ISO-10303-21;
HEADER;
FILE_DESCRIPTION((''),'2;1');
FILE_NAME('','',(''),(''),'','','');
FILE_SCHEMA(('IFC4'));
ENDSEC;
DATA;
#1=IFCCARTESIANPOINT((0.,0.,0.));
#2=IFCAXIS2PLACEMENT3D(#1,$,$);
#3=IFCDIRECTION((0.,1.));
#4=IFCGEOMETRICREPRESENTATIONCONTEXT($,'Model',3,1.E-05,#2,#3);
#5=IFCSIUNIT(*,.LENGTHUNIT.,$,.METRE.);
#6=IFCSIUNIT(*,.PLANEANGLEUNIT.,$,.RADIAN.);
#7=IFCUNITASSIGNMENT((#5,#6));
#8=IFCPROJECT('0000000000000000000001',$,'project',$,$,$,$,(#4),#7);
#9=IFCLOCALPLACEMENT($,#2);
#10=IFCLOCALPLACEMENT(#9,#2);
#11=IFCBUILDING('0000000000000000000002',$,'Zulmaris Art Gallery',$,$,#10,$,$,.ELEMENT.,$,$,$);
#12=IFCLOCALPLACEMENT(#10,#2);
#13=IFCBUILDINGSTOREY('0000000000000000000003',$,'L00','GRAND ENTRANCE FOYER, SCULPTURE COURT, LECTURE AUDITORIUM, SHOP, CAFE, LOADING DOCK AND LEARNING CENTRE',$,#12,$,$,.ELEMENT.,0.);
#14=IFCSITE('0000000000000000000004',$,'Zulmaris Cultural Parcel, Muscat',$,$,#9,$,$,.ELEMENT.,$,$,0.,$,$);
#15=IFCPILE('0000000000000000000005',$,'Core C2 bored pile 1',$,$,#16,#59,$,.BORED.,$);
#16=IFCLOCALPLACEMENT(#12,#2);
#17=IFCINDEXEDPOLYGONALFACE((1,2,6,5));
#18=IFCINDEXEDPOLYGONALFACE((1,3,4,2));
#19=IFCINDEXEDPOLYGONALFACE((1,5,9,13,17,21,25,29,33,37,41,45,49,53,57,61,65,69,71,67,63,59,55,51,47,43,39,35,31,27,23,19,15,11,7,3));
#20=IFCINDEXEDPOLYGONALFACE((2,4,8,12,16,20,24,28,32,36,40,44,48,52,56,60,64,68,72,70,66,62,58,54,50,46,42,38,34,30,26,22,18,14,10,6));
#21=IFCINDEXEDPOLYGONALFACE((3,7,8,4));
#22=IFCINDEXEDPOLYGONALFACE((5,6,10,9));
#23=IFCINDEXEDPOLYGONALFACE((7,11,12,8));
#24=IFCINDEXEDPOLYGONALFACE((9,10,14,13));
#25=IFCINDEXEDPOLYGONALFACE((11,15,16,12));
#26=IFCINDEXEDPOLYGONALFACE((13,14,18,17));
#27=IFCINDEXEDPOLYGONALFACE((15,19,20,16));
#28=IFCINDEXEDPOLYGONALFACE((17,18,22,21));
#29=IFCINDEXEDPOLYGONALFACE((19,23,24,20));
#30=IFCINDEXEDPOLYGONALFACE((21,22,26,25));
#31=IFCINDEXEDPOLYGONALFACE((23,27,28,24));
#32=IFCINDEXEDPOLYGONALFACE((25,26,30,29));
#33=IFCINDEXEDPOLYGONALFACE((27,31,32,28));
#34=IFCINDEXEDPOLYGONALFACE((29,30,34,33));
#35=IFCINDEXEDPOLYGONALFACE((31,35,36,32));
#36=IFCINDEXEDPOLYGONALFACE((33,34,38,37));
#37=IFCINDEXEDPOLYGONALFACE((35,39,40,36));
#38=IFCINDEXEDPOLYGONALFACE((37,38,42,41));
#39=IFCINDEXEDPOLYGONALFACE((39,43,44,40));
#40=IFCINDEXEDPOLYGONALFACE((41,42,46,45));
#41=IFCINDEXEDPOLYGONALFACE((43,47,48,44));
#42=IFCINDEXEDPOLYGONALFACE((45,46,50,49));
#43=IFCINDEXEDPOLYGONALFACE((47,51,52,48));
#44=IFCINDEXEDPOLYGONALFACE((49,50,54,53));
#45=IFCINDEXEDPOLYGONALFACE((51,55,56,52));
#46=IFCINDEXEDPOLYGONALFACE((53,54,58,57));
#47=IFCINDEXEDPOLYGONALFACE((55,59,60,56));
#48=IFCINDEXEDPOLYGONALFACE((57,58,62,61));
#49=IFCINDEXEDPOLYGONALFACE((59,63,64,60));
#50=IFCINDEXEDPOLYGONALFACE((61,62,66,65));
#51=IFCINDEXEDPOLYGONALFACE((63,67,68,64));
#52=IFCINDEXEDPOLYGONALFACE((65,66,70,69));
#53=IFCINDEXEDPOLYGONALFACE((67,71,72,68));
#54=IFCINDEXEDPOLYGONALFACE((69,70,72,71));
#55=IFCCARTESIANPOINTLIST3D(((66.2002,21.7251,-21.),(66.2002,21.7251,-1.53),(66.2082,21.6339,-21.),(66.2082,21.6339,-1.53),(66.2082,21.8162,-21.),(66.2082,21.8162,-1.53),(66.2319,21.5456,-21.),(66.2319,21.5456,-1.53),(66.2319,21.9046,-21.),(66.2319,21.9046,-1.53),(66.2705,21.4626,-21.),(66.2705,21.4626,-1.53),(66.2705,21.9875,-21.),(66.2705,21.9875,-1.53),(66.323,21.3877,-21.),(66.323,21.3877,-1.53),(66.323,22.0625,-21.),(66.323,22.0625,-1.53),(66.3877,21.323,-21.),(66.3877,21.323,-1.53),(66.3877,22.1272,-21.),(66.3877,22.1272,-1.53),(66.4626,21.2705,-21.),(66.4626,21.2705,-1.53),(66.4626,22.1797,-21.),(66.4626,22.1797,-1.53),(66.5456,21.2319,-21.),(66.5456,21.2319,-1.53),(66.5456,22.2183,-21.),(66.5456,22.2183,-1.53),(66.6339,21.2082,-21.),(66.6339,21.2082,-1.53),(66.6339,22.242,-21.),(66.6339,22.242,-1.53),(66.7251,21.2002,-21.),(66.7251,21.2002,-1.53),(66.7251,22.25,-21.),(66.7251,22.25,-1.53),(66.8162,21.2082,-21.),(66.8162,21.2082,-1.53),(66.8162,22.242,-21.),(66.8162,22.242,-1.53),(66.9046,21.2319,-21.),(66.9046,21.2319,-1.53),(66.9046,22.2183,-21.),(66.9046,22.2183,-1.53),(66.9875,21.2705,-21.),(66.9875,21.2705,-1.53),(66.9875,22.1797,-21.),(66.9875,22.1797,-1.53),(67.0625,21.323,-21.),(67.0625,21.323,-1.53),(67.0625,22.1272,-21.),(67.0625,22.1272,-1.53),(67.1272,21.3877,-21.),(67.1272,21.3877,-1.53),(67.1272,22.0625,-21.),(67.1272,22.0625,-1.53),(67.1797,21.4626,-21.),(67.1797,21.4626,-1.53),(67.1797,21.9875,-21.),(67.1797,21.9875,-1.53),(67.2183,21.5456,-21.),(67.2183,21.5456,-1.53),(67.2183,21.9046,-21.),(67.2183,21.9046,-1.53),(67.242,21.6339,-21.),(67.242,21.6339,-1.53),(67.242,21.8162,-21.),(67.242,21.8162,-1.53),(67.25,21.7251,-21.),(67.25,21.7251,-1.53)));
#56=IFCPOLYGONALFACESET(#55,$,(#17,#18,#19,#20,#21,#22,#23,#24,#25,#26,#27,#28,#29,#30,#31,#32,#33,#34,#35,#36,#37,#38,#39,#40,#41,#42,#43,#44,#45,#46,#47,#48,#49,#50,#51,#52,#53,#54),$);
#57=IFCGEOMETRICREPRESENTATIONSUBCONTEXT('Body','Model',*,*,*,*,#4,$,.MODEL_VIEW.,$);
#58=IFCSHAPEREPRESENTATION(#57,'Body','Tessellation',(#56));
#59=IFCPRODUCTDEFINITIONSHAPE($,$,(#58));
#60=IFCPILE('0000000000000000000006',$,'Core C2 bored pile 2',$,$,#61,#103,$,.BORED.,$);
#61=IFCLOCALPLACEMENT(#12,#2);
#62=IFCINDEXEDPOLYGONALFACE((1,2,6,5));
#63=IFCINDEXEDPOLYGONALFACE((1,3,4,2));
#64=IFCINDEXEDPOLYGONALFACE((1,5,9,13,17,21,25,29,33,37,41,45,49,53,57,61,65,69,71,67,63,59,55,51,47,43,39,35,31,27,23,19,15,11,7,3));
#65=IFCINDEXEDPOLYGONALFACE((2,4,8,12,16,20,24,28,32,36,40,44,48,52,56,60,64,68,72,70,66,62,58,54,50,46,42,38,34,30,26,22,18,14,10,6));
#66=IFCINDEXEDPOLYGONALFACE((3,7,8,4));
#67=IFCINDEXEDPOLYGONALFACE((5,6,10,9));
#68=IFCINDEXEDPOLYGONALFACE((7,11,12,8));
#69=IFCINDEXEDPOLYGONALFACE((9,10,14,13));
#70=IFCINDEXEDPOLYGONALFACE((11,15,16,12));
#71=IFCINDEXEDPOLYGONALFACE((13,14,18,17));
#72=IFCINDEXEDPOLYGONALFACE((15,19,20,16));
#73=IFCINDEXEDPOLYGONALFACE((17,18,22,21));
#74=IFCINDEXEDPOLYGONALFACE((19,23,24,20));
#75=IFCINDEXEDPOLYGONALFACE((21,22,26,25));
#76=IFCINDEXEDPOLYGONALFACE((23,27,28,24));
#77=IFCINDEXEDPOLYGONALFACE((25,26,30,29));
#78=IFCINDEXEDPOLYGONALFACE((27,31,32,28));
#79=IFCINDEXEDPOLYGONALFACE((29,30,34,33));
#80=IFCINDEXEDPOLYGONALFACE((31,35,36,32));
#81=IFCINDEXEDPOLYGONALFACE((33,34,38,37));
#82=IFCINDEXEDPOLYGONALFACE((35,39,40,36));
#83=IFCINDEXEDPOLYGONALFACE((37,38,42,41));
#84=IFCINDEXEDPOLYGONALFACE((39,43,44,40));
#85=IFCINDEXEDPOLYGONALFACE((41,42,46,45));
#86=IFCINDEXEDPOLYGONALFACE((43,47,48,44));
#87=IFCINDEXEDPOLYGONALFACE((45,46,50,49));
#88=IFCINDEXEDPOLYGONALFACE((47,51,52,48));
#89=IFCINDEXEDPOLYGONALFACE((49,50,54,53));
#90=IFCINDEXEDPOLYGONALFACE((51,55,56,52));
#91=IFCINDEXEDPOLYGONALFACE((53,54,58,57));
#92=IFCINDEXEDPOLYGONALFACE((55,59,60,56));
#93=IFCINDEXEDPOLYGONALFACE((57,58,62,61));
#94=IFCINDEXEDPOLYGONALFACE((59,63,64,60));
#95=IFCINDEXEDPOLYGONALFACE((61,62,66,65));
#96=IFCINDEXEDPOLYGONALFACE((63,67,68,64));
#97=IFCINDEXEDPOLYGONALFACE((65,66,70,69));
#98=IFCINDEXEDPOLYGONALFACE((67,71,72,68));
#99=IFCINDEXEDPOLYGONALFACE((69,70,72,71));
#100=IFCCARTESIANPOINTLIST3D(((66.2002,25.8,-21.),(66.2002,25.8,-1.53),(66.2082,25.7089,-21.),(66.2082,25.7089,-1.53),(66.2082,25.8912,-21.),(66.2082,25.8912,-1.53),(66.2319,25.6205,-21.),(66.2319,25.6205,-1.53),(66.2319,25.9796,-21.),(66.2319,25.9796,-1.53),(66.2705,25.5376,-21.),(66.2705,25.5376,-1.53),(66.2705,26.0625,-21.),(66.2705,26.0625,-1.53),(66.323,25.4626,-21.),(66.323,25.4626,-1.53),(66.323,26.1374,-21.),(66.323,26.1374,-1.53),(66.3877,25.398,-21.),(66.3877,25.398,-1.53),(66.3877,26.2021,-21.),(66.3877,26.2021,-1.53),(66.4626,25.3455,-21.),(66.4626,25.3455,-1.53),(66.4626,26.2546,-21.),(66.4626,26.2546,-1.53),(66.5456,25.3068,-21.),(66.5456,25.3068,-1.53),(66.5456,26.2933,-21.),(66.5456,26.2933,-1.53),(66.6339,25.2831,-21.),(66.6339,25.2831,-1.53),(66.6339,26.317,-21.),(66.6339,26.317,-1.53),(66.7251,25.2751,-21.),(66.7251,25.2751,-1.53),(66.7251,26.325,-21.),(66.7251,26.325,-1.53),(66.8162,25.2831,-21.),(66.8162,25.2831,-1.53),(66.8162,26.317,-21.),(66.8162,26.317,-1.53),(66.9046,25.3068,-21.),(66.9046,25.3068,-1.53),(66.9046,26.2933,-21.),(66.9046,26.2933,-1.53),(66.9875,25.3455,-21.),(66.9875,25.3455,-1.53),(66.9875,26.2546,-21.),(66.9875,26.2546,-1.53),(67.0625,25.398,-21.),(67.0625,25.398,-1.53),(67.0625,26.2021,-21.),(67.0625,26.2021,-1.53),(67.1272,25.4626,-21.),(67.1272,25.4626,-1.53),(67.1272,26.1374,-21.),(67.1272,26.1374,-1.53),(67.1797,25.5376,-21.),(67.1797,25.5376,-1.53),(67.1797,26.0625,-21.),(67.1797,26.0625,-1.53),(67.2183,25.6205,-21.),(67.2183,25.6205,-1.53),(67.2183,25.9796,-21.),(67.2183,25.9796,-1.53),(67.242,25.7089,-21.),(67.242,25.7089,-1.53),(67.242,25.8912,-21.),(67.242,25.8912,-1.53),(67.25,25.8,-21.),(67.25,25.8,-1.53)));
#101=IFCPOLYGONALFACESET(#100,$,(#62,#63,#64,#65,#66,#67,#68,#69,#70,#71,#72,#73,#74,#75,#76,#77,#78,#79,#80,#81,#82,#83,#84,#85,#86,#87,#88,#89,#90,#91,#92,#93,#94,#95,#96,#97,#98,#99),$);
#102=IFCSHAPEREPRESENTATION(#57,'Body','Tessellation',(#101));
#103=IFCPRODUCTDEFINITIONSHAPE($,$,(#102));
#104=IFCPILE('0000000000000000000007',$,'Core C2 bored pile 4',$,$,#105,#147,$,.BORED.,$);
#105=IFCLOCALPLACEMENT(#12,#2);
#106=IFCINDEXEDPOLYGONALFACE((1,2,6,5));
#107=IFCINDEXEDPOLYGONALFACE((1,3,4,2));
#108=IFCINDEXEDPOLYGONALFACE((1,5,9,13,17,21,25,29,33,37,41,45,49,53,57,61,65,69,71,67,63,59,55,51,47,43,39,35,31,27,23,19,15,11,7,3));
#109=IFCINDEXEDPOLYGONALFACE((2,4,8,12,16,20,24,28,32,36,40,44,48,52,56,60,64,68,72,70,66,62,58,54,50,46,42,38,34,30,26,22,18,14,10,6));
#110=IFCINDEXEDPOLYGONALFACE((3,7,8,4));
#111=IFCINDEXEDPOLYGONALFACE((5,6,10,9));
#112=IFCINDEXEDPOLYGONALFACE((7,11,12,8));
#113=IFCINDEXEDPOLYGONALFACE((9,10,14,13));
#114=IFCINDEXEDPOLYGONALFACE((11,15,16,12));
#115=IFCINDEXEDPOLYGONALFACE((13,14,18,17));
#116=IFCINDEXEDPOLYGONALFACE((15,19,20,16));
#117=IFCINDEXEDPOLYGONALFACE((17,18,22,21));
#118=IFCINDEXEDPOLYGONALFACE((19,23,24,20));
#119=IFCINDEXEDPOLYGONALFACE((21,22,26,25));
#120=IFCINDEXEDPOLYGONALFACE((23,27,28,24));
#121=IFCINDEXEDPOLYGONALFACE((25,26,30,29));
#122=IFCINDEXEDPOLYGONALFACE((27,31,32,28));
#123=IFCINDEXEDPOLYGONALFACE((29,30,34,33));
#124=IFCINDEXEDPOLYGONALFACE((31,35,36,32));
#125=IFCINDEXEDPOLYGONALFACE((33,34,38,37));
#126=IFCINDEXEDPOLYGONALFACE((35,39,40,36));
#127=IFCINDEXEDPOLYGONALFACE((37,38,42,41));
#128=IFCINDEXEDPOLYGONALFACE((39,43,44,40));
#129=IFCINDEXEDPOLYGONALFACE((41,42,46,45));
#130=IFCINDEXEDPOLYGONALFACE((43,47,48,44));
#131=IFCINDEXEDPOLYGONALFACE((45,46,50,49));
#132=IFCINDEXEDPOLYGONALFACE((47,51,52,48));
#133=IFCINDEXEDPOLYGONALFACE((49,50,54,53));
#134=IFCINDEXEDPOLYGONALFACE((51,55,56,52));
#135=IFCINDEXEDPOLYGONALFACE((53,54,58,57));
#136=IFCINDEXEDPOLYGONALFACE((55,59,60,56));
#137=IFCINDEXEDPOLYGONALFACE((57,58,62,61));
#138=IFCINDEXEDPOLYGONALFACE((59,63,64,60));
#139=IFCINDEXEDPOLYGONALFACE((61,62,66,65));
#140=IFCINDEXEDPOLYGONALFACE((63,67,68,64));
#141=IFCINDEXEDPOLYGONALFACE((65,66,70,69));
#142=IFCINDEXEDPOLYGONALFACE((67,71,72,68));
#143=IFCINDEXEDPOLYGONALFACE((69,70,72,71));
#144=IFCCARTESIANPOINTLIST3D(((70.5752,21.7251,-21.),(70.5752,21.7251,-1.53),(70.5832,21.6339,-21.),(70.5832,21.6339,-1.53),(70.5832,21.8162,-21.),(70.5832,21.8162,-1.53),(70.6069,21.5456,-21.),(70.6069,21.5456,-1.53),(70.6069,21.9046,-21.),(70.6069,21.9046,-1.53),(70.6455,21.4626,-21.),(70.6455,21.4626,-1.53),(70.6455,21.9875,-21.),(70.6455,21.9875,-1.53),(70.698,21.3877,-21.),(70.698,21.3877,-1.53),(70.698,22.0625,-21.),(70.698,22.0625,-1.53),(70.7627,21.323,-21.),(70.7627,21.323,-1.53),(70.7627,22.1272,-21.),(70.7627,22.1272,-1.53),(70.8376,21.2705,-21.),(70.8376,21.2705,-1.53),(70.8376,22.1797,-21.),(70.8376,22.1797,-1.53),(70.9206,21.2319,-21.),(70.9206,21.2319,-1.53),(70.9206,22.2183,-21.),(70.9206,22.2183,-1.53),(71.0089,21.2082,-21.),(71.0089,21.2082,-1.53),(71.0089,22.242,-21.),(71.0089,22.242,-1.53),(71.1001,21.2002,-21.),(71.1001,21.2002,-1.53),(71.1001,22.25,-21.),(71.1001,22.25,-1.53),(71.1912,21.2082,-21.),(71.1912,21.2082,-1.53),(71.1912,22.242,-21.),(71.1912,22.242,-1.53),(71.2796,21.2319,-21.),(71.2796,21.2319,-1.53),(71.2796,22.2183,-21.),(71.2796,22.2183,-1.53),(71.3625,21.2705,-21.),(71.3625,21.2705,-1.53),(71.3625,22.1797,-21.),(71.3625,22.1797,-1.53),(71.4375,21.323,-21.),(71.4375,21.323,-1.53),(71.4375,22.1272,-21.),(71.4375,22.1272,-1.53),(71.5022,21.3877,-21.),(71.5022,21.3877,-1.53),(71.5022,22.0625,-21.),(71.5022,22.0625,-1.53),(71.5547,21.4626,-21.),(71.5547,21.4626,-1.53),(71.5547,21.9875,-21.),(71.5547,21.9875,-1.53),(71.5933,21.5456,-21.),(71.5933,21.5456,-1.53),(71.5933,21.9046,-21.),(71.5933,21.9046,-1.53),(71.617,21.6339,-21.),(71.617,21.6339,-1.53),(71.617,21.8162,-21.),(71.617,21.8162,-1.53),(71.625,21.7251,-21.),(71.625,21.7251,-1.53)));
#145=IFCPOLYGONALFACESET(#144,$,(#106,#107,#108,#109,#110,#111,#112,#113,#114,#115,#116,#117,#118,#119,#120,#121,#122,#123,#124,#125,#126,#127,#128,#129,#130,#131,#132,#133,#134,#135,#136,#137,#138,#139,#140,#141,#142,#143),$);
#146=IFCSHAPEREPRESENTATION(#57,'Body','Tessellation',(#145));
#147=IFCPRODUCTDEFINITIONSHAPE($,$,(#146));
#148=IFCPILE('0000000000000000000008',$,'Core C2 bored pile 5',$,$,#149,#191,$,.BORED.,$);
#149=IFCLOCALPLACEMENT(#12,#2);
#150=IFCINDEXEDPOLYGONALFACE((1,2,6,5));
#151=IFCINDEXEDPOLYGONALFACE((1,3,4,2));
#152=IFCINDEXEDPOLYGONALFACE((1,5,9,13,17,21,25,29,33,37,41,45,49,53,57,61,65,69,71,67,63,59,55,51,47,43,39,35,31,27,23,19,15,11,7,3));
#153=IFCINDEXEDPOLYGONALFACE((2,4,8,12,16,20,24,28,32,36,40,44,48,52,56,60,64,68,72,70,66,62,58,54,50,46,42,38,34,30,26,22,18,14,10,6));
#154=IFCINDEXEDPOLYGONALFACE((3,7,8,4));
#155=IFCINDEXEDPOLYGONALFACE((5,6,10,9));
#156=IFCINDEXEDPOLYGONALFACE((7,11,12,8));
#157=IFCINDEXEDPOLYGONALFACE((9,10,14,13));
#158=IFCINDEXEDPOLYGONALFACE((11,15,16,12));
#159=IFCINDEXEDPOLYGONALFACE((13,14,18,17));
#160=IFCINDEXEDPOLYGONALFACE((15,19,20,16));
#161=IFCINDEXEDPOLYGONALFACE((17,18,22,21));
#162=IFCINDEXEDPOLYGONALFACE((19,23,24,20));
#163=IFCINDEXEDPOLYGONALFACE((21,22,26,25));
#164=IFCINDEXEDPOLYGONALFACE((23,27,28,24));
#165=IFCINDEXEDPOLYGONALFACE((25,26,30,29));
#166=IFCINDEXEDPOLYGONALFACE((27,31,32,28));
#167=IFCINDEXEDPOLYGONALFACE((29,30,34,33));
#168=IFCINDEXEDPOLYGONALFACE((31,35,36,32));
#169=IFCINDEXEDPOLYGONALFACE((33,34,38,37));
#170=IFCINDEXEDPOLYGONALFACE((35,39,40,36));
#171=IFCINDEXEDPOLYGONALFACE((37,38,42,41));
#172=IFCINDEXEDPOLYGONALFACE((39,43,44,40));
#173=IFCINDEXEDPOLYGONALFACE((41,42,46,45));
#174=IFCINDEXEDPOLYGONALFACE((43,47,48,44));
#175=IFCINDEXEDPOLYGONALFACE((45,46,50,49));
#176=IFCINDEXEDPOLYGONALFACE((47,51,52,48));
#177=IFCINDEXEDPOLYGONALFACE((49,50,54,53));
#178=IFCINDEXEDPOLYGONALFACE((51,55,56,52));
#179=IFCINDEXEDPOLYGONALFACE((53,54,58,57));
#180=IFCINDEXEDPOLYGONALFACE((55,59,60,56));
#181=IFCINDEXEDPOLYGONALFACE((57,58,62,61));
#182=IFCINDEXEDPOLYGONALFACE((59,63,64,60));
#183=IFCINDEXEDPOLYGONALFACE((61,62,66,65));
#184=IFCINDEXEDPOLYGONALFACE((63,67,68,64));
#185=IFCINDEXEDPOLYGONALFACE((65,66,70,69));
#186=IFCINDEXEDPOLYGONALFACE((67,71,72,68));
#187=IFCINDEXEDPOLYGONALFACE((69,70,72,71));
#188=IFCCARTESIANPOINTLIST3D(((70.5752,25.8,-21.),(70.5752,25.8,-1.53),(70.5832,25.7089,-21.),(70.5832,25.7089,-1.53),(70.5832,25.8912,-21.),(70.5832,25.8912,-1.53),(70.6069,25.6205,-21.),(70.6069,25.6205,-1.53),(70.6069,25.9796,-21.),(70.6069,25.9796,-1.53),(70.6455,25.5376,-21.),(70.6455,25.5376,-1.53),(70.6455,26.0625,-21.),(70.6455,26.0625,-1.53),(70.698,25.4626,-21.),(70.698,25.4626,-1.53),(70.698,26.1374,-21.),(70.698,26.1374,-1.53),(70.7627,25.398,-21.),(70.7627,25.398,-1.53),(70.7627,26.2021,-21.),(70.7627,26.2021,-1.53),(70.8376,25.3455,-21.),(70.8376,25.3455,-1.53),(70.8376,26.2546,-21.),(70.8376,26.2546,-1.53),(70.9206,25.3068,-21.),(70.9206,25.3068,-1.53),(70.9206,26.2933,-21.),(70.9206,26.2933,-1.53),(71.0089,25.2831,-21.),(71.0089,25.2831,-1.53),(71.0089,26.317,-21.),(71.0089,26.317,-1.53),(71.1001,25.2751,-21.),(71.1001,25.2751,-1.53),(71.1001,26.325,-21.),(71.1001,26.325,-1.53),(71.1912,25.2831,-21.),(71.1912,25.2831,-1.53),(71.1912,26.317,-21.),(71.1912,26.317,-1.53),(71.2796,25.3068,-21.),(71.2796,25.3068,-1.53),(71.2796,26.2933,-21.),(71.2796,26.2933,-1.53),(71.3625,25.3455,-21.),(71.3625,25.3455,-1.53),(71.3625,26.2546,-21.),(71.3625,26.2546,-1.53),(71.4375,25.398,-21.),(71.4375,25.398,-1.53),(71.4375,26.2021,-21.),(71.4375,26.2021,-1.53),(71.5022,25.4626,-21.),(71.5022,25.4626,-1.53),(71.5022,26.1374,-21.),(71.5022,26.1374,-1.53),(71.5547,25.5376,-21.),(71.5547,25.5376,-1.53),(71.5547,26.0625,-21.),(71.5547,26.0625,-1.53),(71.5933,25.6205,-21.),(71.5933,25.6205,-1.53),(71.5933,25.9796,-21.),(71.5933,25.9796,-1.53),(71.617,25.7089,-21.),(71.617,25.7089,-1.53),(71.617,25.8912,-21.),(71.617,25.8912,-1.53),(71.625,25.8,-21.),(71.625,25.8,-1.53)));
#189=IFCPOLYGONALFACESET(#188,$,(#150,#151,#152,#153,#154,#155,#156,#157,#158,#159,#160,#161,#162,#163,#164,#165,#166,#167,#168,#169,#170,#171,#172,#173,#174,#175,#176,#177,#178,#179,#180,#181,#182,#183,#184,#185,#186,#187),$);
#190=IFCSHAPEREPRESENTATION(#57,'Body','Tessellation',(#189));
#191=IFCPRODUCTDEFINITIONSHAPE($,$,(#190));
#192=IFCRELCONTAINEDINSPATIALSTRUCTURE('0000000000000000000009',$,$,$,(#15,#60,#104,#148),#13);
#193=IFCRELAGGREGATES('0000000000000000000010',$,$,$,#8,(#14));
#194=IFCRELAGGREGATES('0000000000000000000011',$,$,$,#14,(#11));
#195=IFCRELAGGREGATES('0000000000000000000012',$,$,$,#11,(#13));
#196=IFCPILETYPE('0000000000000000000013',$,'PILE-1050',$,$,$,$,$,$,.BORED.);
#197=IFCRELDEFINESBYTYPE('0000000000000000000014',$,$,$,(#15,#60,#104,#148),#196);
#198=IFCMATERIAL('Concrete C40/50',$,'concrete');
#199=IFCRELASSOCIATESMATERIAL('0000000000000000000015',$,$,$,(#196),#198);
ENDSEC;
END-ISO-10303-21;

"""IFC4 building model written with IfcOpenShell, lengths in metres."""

from ifc_helpers import new_model, si_unit, direction, frame, origin, origin_2d, place, context, subcontext, project, spatial, circle, extrude, material, material_profile, profile_set, type_object, element, save


model = new_model("IFC4")

# Units and contexts
model_context = context("Model", 3, precision=1e-05, world=origin(), true_north=direction((0.0, 1.0)))
body_context = subcontext(model_context, "Body", "Model", "MODEL_VIEW")
ifc_project = project(units=[si_unit("LENGTHUNIT", "METRE"), si_unit("PLANEANGLEUNIT", "RADIAN")], contexts=[model_context])

# Site, building, storey
site_placement = place(None, origin())
site = spatial("IfcSite", under=ifc_project, at=site_placement, Name="Zulmaris Cultural Parcel, Muscat", CompositionType="ELEMENT", RefElevation=0.0)
building_placement = place(site_placement, origin())
building = spatial("IfcBuilding", under=site, at=building_placement, Name="Zulmaris Art Gallery", CompositionType="ELEMENT")
storey_placement = place(building_placement, origin())
storey = spatial("IfcBuildingStorey", under=building, at=storey_placement, Name="L00", Description="GRAND ENTRANCE FOYER, SCULPTURE COURT, LECTURE AUDITORIUM, SHOP, CAFE, LOADING DOCK AND LEARNING CENTRE", CompositionType="ELEMENT", Elevation=0.0)

# Piles
ifc_material_1 = material(Name="Concrete C40/50", Category="concrete")
ifc_material_profile = material_profile(ifc_material_1, circle(Radius=0.5249, at=origin_2d()), Name="PILE DIA 1050")
ifc_profile_set = profile_set([ifc_material_profile], Name="Concrete C40/50")
pile_type = type_object("IfcPileType", Name="PILE-1050", PredefinedType="BORED", material=ifc_profile_set)
for number, where, z_axis, x_axis, name in (
    (1, (66.7251, 21.7251, -1.53), (0.0, 0.0, -1.0), (1.0, 0.0, 0.0), "Core C2 bored pile 1"),
    (2, (66.7251, 25.8, -1.53), (0.0, 0.0, -1.0), (1.0, 0.0, 0.0), "Core C2 bored pile 2"),
    (3, (71.1001, 21.7251, -1.53), (0.0, 0.0, -1.0), (1.0, 0.0, 0.0), "Core C2 bored pile 4"),
    (4, (71.1001, 25.8, -1.53), (0.0, 0.0, -1.0), (1.0, 0.0, 0.0), "Core C2 bored pile 5"),
):
    element("IfcPile", number, at=place(storey_placement, frame(where, z_axis=z_axis, x_axis=x_axis)), inside=storey, type_object=pile_type, Name=name, PredefinedType="BORED", context=body_context, shape_type="SweptSolid", body=[
        extrude(circle(Radius=0.5249, at=origin_2d()), origin(), (0.0, 0.0, 1.0), 19.47),
    ])

save(model, "model.ifc")
